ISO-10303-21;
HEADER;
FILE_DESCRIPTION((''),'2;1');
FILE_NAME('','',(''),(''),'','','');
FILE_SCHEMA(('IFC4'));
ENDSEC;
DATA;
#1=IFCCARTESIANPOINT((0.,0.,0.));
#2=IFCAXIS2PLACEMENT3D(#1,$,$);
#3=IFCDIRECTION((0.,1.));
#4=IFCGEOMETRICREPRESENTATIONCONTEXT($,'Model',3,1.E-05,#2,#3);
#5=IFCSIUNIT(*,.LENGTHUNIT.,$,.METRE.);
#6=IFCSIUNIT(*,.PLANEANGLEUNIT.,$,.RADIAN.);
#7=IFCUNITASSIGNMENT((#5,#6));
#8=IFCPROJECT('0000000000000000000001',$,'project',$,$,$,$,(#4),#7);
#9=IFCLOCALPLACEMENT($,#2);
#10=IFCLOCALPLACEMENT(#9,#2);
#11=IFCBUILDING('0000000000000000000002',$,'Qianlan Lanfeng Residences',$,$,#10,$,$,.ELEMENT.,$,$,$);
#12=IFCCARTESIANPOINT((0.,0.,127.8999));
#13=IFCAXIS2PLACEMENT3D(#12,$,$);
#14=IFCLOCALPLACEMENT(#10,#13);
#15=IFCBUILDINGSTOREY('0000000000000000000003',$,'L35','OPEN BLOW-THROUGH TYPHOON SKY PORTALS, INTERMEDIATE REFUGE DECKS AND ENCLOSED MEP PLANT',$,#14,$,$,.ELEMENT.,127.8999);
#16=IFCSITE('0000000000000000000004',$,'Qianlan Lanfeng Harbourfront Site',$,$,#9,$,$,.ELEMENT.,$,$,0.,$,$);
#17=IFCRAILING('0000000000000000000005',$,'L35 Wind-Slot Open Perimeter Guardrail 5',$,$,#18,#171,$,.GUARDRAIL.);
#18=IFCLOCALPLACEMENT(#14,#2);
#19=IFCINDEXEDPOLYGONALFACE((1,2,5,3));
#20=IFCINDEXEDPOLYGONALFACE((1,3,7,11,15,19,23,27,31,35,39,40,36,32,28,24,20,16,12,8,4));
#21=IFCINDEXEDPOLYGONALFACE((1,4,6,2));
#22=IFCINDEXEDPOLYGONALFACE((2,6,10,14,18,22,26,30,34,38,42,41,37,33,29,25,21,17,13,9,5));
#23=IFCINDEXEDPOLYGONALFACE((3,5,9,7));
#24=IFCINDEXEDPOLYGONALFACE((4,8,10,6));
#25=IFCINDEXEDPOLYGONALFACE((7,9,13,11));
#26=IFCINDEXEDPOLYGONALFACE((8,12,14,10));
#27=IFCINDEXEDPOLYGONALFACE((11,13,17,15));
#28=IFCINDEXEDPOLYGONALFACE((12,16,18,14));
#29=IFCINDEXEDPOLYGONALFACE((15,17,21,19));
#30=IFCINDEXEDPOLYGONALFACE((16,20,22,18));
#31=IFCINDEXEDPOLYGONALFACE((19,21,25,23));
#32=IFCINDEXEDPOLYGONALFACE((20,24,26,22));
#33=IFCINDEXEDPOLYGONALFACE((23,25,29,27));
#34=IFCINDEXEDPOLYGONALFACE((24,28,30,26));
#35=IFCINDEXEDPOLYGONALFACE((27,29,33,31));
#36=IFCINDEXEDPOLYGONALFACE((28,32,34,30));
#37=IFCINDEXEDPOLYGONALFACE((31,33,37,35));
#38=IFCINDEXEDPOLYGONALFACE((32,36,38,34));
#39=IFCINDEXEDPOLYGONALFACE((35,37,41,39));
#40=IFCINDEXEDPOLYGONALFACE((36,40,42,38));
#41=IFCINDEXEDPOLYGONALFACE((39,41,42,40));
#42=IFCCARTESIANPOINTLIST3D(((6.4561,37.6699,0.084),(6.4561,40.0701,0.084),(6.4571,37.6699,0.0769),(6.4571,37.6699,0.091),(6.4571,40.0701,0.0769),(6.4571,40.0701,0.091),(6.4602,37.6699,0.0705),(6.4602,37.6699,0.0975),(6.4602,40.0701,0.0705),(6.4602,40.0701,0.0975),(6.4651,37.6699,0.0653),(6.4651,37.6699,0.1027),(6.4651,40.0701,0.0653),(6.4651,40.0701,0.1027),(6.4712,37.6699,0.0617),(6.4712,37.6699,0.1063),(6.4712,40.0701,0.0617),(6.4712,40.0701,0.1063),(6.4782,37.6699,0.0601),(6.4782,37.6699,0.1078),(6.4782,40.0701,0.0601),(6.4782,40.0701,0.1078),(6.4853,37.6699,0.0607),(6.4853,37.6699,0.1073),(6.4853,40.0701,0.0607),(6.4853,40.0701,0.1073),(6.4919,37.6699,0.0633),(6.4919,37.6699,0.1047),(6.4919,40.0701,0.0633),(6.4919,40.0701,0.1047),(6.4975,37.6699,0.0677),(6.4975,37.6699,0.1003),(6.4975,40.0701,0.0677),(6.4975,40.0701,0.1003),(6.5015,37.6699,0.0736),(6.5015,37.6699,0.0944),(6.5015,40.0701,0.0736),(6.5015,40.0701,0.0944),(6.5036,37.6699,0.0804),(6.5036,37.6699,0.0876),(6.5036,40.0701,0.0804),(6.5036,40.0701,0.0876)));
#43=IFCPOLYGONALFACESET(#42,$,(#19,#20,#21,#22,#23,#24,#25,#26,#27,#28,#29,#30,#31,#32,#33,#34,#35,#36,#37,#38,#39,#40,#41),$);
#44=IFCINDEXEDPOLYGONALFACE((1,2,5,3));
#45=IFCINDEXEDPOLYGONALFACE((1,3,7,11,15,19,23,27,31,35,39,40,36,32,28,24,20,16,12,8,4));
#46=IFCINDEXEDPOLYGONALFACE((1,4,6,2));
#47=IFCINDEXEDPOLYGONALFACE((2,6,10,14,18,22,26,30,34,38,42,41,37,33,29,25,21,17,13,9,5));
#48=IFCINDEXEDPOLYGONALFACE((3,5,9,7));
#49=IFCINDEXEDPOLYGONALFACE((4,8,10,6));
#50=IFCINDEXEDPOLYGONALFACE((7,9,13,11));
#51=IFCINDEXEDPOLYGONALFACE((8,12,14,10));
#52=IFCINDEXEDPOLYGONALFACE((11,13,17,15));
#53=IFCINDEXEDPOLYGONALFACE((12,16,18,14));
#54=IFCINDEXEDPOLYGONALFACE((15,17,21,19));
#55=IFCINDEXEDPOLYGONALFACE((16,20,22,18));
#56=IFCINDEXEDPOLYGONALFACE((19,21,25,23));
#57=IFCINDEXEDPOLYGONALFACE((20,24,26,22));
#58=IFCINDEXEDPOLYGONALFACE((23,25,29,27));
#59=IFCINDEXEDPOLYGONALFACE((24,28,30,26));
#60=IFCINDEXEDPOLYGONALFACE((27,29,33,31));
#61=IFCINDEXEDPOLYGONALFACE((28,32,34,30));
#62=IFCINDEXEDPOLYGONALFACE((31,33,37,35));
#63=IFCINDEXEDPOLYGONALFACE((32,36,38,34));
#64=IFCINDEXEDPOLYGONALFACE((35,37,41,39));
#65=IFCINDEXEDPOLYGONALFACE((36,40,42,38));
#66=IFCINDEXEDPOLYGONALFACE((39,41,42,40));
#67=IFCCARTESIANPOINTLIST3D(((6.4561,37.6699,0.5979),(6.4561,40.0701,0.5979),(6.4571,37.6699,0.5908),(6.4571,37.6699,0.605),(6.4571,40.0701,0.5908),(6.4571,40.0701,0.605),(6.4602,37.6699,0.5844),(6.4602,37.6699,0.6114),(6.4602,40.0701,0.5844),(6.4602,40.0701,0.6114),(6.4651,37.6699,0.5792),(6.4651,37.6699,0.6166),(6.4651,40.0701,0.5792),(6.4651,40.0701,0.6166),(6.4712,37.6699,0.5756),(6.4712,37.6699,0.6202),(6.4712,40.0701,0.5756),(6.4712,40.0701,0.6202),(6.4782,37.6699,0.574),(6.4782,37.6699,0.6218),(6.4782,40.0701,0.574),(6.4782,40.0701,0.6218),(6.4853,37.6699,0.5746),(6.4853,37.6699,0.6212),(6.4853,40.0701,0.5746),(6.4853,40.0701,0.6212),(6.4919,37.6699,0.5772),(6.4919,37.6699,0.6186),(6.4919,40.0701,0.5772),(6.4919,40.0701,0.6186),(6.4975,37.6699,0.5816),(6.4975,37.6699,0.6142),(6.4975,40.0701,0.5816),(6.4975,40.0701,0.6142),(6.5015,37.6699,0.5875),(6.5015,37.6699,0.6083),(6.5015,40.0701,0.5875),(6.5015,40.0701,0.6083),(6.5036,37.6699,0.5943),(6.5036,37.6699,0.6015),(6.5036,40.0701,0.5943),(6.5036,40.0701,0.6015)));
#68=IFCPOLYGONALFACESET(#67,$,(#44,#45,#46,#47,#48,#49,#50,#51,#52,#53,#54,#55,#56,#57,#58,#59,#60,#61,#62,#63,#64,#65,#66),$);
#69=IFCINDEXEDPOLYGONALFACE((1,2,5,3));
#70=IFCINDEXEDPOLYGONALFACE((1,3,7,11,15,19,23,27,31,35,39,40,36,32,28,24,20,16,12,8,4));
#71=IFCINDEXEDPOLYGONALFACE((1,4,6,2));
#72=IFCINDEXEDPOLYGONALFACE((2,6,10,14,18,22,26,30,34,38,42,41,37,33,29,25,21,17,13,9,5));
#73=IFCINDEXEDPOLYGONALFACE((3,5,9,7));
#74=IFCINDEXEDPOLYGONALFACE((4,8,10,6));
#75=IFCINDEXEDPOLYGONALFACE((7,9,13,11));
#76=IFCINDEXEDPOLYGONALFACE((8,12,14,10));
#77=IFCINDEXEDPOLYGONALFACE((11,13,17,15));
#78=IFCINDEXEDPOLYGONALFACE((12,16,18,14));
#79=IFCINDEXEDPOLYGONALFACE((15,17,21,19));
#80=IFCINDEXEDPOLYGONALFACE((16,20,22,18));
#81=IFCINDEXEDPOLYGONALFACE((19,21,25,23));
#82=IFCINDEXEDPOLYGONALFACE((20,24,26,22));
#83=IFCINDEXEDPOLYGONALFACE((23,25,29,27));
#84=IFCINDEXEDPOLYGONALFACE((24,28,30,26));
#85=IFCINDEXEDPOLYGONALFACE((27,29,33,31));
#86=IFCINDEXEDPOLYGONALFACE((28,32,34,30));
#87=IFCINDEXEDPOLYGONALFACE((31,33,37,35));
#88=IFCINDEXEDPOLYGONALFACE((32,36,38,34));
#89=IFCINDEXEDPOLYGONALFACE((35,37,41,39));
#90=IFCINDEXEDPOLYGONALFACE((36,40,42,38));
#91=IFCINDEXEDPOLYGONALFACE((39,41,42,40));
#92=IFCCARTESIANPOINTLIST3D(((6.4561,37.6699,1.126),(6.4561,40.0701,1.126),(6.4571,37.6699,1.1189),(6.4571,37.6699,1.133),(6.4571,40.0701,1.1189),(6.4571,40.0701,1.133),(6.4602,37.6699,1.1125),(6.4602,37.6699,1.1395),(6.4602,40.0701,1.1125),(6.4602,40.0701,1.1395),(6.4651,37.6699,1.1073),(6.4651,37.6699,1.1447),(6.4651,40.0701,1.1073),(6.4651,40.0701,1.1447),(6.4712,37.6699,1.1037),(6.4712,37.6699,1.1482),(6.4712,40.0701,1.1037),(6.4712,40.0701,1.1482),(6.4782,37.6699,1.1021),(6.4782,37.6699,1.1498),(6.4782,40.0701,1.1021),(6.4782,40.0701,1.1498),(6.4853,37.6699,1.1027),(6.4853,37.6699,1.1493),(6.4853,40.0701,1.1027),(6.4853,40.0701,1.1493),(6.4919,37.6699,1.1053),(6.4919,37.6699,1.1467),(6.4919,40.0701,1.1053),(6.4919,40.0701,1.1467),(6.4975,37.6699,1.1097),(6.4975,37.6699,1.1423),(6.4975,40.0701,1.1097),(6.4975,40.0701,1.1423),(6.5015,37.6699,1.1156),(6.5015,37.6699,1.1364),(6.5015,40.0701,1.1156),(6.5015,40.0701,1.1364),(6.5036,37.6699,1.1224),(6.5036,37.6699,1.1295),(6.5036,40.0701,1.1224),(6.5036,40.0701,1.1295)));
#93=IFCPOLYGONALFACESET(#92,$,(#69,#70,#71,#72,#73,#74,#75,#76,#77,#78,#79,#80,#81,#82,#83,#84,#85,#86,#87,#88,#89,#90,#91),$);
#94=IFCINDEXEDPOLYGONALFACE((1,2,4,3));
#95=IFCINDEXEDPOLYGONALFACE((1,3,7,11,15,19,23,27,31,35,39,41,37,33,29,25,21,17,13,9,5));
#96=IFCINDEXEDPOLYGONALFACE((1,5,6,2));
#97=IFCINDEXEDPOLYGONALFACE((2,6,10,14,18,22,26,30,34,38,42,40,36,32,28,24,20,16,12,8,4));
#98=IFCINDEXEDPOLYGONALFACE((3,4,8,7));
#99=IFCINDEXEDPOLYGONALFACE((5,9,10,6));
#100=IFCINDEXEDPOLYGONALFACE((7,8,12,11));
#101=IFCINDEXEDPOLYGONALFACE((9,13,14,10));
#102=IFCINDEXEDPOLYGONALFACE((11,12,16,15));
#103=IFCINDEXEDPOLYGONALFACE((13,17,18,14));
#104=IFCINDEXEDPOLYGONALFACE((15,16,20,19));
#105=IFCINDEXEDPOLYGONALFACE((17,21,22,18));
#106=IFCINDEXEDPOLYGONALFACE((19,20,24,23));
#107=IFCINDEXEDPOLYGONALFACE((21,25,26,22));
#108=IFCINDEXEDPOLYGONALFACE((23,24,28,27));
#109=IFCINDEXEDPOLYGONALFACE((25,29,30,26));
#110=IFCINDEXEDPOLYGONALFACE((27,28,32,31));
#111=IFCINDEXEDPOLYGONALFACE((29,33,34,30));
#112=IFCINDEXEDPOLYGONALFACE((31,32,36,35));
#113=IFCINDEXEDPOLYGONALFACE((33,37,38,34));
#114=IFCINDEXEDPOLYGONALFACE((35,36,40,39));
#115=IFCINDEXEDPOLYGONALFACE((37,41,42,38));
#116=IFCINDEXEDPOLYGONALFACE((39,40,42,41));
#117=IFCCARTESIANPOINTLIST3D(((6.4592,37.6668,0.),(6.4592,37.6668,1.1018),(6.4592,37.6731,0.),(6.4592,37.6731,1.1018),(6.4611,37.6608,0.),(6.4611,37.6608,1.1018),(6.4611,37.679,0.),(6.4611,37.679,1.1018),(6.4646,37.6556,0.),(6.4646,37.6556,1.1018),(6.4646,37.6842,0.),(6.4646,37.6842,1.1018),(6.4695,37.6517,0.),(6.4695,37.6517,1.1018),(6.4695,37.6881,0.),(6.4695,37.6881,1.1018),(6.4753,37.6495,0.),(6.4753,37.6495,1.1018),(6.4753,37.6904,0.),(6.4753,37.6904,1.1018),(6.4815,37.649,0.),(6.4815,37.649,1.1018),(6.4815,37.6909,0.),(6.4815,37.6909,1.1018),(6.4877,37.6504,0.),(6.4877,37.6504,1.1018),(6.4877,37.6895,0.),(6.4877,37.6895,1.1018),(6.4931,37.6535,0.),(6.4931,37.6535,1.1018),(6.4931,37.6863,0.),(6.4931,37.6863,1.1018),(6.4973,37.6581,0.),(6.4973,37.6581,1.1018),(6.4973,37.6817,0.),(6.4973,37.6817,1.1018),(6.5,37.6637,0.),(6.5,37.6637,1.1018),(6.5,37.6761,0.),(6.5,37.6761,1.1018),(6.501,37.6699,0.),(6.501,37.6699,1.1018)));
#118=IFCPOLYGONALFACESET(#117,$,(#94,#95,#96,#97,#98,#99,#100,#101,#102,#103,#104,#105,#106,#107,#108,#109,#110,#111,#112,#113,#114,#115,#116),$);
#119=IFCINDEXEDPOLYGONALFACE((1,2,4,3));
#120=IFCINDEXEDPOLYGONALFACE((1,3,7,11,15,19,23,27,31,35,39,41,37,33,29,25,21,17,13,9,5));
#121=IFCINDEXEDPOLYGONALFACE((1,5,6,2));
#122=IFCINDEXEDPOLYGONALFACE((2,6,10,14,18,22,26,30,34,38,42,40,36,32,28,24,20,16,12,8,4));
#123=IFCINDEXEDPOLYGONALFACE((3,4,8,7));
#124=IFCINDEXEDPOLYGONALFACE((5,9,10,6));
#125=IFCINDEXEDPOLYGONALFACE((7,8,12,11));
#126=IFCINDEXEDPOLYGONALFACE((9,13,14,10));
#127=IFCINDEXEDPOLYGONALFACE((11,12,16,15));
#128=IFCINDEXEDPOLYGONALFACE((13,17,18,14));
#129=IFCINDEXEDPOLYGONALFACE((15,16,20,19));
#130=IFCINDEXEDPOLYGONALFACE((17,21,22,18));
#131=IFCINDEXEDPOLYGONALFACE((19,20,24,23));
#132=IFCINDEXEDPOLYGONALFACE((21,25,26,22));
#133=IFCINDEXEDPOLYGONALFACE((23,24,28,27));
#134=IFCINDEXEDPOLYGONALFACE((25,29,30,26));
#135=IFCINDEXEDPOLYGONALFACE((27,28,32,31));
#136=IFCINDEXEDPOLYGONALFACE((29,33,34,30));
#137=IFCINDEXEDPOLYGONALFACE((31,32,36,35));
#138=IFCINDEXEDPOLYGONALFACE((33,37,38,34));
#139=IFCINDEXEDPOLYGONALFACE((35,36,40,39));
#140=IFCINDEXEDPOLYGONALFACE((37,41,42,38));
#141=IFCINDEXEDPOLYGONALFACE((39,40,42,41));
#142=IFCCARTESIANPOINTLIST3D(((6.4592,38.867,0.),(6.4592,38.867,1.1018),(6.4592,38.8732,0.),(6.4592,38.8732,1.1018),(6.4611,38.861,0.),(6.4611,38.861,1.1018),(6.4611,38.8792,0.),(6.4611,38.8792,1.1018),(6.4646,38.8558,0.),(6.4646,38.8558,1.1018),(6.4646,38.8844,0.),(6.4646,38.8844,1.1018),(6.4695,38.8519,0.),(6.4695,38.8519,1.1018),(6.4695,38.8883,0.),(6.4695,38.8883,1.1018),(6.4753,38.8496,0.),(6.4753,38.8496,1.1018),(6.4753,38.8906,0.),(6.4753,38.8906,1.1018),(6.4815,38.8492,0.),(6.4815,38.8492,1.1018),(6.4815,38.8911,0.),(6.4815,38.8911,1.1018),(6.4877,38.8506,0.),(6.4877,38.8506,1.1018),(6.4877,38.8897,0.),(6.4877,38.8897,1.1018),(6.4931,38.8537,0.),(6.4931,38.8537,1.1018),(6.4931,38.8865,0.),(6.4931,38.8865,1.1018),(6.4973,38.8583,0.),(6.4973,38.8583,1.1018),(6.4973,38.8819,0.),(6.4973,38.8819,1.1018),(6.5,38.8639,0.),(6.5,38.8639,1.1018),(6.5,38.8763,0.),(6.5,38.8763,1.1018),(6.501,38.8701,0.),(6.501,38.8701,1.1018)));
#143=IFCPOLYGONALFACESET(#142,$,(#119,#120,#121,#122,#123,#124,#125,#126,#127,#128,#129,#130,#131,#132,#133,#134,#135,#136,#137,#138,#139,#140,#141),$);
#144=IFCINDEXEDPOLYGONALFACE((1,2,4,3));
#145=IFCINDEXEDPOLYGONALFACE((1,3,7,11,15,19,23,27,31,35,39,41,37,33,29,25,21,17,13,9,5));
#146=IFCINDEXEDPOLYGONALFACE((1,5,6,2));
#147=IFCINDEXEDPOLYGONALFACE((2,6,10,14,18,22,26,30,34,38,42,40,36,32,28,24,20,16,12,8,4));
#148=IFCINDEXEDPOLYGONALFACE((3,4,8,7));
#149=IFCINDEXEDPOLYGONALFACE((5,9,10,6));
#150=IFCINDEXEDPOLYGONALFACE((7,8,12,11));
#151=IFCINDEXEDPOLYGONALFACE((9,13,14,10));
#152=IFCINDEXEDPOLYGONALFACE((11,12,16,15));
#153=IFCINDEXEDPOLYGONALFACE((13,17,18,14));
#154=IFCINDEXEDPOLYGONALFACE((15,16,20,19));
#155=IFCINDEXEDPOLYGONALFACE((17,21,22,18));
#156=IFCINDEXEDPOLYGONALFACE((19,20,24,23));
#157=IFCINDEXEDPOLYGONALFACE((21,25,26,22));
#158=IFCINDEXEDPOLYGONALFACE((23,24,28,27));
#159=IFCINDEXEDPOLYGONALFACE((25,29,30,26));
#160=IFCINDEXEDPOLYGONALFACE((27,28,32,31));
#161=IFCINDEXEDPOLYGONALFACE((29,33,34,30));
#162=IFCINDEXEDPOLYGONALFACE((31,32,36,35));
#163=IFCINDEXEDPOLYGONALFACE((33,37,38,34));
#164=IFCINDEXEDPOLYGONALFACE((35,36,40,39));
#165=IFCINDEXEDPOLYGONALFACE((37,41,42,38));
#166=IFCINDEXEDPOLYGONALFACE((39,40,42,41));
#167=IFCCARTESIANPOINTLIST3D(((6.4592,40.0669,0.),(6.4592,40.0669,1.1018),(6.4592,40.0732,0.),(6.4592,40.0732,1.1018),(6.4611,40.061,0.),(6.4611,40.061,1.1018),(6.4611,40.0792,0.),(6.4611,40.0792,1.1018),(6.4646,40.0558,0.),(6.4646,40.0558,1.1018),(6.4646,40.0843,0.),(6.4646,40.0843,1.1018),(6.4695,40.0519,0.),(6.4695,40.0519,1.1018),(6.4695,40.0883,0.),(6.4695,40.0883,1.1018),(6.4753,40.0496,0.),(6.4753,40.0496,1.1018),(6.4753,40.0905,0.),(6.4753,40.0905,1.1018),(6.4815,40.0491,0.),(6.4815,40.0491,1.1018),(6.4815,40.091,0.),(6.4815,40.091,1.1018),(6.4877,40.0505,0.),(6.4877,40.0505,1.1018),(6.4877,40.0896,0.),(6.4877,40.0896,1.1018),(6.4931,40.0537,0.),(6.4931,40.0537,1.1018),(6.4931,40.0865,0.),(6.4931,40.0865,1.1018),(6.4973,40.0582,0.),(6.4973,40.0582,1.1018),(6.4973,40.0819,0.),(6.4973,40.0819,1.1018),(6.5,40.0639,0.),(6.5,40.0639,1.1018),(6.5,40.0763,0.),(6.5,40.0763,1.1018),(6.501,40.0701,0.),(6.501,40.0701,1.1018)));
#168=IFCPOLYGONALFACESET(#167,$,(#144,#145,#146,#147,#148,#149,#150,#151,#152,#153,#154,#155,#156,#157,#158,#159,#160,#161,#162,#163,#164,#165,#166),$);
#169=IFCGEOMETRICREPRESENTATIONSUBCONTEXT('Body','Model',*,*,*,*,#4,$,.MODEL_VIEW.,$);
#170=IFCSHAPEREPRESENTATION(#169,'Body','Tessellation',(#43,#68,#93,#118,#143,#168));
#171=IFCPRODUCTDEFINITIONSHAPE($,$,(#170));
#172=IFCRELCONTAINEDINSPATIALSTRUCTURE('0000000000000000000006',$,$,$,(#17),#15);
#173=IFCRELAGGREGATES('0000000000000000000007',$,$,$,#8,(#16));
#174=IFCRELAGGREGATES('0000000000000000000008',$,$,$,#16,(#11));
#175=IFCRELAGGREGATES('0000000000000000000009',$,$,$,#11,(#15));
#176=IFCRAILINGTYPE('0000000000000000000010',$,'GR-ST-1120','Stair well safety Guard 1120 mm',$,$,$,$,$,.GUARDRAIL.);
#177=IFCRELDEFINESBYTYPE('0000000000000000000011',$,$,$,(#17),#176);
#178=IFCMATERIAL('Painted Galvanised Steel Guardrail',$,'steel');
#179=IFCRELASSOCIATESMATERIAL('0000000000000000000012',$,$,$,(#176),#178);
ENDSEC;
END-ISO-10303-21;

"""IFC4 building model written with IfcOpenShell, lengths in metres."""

from ifc_helpers import new_model, si_unit, direction, frame, origin, origin_2d, place, context, subcontext, project, spatial, circle, extrude, material, type_object, element, save


model = new_model("IFC4")

# Units and contexts
model_context = context("Model", 3, precision=1e-05, world=origin(), true_north=direction((0.0, 1.0)))
body_context = subcontext(model_context, "Body", "Model", "MODEL_VIEW")
ifc_project = project(units=[si_unit("LENGTHUNIT", "METRE"), si_unit("PLANEANGLEUNIT", "RADIAN")], contexts=[model_context])

# Site, building, storey
site_placement = place(None, origin())
site = spatial("IfcSite", under=ifc_project, at=site_placement, Name="Qianlan Lanfeng Harbourfront Site", CompositionType="ELEMENT", RefElevation=0.0)
building_placement = place(site_placement, origin())
building = spatial("IfcBuilding", under=site, at=building_placement, Name="Qianlan Lanfeng Residences", CompositionType="ELEMENT")
storey_placement = place(building_placement, frame((0.0, 0.0, 127.8999)))
storey = spatial("IfcBuildingStorey", under=building, at=storey_placement, Name="L35", Description="OPEN BLOW-THROUGH TYPHOON SKY PORTALS, INTERMEDIATE REFUGE DECKS AND ENCLOSED MEP PLANT", CompositionType="ELEMENT", Elevation=127.8999)

# Railing
ifc_material_1 = material(Name="Painted Galvanised Steel Guardrail", Category="steel")
railing_type_1 = type_object("IfcRailingType", Name="GR-ST-1120", Description="Stair well safety Guard 1120 mm", PredefinedType="GUARDRAIL", material=ifc_material_1)
railing_1_placement = place(storey_placement, frame((6.48, 37.6699, 0.0)))
element("IfcRailing", 1, at=railing_1_placement, inside=storey, type_object=railing_type_1, Name="L35 Wind-Slot Open Perimeter Guardrail 5", PredefinedType="GUARDRAIL", context=body_context, shape_type="SweptSolid", body=[
    extrude(circle(Radius=0.0239, at=origin_2d()), frame((0.0, 0.0, 0.084), z_axis=(0.0, 1.0, 0.0), x_axis=(-1.0, 0.0, 0.0)), (0.0, 0.0, 1.0), 2.4001),
    extrude(circle(Radius=0.0239, at=origin_2d()), frame((0.0, 0.0, 0.5979), z_axis=(0.0, 1.0, 0.0), x_axis=(-1.0, 0.0, 0.0)), (0.0, 0.0, 1.0), 2.4001),
    extrude(circle(Radius=0.0239, at=origin_2d()), frame((0.0, 0.0, 1.126), z_axis=(0.0, 1.0, 0.0), x_axis=(-1.0, 0.0, 0.0)), (0.0, 0.0, 1.0), 2.4001),
    extrude(circle(Radius=0.021, at=origin_2d()), origin(), (0.0, 0.0, 1.0), 1.1018),
    extrude(circle(Radius=0.021, at=origin_2d()), frame((0.0, 1.2002, 0.0)), (0.0, 0.0, 1.0), 1.1018),
    extrude(circle(Radius=0.021, at=origin_2d()), frame((0.0, 2.4001, 0.0)), (0.0, 0.0, 1.0), 1.1018),
])

save(model, "model.ifc")
